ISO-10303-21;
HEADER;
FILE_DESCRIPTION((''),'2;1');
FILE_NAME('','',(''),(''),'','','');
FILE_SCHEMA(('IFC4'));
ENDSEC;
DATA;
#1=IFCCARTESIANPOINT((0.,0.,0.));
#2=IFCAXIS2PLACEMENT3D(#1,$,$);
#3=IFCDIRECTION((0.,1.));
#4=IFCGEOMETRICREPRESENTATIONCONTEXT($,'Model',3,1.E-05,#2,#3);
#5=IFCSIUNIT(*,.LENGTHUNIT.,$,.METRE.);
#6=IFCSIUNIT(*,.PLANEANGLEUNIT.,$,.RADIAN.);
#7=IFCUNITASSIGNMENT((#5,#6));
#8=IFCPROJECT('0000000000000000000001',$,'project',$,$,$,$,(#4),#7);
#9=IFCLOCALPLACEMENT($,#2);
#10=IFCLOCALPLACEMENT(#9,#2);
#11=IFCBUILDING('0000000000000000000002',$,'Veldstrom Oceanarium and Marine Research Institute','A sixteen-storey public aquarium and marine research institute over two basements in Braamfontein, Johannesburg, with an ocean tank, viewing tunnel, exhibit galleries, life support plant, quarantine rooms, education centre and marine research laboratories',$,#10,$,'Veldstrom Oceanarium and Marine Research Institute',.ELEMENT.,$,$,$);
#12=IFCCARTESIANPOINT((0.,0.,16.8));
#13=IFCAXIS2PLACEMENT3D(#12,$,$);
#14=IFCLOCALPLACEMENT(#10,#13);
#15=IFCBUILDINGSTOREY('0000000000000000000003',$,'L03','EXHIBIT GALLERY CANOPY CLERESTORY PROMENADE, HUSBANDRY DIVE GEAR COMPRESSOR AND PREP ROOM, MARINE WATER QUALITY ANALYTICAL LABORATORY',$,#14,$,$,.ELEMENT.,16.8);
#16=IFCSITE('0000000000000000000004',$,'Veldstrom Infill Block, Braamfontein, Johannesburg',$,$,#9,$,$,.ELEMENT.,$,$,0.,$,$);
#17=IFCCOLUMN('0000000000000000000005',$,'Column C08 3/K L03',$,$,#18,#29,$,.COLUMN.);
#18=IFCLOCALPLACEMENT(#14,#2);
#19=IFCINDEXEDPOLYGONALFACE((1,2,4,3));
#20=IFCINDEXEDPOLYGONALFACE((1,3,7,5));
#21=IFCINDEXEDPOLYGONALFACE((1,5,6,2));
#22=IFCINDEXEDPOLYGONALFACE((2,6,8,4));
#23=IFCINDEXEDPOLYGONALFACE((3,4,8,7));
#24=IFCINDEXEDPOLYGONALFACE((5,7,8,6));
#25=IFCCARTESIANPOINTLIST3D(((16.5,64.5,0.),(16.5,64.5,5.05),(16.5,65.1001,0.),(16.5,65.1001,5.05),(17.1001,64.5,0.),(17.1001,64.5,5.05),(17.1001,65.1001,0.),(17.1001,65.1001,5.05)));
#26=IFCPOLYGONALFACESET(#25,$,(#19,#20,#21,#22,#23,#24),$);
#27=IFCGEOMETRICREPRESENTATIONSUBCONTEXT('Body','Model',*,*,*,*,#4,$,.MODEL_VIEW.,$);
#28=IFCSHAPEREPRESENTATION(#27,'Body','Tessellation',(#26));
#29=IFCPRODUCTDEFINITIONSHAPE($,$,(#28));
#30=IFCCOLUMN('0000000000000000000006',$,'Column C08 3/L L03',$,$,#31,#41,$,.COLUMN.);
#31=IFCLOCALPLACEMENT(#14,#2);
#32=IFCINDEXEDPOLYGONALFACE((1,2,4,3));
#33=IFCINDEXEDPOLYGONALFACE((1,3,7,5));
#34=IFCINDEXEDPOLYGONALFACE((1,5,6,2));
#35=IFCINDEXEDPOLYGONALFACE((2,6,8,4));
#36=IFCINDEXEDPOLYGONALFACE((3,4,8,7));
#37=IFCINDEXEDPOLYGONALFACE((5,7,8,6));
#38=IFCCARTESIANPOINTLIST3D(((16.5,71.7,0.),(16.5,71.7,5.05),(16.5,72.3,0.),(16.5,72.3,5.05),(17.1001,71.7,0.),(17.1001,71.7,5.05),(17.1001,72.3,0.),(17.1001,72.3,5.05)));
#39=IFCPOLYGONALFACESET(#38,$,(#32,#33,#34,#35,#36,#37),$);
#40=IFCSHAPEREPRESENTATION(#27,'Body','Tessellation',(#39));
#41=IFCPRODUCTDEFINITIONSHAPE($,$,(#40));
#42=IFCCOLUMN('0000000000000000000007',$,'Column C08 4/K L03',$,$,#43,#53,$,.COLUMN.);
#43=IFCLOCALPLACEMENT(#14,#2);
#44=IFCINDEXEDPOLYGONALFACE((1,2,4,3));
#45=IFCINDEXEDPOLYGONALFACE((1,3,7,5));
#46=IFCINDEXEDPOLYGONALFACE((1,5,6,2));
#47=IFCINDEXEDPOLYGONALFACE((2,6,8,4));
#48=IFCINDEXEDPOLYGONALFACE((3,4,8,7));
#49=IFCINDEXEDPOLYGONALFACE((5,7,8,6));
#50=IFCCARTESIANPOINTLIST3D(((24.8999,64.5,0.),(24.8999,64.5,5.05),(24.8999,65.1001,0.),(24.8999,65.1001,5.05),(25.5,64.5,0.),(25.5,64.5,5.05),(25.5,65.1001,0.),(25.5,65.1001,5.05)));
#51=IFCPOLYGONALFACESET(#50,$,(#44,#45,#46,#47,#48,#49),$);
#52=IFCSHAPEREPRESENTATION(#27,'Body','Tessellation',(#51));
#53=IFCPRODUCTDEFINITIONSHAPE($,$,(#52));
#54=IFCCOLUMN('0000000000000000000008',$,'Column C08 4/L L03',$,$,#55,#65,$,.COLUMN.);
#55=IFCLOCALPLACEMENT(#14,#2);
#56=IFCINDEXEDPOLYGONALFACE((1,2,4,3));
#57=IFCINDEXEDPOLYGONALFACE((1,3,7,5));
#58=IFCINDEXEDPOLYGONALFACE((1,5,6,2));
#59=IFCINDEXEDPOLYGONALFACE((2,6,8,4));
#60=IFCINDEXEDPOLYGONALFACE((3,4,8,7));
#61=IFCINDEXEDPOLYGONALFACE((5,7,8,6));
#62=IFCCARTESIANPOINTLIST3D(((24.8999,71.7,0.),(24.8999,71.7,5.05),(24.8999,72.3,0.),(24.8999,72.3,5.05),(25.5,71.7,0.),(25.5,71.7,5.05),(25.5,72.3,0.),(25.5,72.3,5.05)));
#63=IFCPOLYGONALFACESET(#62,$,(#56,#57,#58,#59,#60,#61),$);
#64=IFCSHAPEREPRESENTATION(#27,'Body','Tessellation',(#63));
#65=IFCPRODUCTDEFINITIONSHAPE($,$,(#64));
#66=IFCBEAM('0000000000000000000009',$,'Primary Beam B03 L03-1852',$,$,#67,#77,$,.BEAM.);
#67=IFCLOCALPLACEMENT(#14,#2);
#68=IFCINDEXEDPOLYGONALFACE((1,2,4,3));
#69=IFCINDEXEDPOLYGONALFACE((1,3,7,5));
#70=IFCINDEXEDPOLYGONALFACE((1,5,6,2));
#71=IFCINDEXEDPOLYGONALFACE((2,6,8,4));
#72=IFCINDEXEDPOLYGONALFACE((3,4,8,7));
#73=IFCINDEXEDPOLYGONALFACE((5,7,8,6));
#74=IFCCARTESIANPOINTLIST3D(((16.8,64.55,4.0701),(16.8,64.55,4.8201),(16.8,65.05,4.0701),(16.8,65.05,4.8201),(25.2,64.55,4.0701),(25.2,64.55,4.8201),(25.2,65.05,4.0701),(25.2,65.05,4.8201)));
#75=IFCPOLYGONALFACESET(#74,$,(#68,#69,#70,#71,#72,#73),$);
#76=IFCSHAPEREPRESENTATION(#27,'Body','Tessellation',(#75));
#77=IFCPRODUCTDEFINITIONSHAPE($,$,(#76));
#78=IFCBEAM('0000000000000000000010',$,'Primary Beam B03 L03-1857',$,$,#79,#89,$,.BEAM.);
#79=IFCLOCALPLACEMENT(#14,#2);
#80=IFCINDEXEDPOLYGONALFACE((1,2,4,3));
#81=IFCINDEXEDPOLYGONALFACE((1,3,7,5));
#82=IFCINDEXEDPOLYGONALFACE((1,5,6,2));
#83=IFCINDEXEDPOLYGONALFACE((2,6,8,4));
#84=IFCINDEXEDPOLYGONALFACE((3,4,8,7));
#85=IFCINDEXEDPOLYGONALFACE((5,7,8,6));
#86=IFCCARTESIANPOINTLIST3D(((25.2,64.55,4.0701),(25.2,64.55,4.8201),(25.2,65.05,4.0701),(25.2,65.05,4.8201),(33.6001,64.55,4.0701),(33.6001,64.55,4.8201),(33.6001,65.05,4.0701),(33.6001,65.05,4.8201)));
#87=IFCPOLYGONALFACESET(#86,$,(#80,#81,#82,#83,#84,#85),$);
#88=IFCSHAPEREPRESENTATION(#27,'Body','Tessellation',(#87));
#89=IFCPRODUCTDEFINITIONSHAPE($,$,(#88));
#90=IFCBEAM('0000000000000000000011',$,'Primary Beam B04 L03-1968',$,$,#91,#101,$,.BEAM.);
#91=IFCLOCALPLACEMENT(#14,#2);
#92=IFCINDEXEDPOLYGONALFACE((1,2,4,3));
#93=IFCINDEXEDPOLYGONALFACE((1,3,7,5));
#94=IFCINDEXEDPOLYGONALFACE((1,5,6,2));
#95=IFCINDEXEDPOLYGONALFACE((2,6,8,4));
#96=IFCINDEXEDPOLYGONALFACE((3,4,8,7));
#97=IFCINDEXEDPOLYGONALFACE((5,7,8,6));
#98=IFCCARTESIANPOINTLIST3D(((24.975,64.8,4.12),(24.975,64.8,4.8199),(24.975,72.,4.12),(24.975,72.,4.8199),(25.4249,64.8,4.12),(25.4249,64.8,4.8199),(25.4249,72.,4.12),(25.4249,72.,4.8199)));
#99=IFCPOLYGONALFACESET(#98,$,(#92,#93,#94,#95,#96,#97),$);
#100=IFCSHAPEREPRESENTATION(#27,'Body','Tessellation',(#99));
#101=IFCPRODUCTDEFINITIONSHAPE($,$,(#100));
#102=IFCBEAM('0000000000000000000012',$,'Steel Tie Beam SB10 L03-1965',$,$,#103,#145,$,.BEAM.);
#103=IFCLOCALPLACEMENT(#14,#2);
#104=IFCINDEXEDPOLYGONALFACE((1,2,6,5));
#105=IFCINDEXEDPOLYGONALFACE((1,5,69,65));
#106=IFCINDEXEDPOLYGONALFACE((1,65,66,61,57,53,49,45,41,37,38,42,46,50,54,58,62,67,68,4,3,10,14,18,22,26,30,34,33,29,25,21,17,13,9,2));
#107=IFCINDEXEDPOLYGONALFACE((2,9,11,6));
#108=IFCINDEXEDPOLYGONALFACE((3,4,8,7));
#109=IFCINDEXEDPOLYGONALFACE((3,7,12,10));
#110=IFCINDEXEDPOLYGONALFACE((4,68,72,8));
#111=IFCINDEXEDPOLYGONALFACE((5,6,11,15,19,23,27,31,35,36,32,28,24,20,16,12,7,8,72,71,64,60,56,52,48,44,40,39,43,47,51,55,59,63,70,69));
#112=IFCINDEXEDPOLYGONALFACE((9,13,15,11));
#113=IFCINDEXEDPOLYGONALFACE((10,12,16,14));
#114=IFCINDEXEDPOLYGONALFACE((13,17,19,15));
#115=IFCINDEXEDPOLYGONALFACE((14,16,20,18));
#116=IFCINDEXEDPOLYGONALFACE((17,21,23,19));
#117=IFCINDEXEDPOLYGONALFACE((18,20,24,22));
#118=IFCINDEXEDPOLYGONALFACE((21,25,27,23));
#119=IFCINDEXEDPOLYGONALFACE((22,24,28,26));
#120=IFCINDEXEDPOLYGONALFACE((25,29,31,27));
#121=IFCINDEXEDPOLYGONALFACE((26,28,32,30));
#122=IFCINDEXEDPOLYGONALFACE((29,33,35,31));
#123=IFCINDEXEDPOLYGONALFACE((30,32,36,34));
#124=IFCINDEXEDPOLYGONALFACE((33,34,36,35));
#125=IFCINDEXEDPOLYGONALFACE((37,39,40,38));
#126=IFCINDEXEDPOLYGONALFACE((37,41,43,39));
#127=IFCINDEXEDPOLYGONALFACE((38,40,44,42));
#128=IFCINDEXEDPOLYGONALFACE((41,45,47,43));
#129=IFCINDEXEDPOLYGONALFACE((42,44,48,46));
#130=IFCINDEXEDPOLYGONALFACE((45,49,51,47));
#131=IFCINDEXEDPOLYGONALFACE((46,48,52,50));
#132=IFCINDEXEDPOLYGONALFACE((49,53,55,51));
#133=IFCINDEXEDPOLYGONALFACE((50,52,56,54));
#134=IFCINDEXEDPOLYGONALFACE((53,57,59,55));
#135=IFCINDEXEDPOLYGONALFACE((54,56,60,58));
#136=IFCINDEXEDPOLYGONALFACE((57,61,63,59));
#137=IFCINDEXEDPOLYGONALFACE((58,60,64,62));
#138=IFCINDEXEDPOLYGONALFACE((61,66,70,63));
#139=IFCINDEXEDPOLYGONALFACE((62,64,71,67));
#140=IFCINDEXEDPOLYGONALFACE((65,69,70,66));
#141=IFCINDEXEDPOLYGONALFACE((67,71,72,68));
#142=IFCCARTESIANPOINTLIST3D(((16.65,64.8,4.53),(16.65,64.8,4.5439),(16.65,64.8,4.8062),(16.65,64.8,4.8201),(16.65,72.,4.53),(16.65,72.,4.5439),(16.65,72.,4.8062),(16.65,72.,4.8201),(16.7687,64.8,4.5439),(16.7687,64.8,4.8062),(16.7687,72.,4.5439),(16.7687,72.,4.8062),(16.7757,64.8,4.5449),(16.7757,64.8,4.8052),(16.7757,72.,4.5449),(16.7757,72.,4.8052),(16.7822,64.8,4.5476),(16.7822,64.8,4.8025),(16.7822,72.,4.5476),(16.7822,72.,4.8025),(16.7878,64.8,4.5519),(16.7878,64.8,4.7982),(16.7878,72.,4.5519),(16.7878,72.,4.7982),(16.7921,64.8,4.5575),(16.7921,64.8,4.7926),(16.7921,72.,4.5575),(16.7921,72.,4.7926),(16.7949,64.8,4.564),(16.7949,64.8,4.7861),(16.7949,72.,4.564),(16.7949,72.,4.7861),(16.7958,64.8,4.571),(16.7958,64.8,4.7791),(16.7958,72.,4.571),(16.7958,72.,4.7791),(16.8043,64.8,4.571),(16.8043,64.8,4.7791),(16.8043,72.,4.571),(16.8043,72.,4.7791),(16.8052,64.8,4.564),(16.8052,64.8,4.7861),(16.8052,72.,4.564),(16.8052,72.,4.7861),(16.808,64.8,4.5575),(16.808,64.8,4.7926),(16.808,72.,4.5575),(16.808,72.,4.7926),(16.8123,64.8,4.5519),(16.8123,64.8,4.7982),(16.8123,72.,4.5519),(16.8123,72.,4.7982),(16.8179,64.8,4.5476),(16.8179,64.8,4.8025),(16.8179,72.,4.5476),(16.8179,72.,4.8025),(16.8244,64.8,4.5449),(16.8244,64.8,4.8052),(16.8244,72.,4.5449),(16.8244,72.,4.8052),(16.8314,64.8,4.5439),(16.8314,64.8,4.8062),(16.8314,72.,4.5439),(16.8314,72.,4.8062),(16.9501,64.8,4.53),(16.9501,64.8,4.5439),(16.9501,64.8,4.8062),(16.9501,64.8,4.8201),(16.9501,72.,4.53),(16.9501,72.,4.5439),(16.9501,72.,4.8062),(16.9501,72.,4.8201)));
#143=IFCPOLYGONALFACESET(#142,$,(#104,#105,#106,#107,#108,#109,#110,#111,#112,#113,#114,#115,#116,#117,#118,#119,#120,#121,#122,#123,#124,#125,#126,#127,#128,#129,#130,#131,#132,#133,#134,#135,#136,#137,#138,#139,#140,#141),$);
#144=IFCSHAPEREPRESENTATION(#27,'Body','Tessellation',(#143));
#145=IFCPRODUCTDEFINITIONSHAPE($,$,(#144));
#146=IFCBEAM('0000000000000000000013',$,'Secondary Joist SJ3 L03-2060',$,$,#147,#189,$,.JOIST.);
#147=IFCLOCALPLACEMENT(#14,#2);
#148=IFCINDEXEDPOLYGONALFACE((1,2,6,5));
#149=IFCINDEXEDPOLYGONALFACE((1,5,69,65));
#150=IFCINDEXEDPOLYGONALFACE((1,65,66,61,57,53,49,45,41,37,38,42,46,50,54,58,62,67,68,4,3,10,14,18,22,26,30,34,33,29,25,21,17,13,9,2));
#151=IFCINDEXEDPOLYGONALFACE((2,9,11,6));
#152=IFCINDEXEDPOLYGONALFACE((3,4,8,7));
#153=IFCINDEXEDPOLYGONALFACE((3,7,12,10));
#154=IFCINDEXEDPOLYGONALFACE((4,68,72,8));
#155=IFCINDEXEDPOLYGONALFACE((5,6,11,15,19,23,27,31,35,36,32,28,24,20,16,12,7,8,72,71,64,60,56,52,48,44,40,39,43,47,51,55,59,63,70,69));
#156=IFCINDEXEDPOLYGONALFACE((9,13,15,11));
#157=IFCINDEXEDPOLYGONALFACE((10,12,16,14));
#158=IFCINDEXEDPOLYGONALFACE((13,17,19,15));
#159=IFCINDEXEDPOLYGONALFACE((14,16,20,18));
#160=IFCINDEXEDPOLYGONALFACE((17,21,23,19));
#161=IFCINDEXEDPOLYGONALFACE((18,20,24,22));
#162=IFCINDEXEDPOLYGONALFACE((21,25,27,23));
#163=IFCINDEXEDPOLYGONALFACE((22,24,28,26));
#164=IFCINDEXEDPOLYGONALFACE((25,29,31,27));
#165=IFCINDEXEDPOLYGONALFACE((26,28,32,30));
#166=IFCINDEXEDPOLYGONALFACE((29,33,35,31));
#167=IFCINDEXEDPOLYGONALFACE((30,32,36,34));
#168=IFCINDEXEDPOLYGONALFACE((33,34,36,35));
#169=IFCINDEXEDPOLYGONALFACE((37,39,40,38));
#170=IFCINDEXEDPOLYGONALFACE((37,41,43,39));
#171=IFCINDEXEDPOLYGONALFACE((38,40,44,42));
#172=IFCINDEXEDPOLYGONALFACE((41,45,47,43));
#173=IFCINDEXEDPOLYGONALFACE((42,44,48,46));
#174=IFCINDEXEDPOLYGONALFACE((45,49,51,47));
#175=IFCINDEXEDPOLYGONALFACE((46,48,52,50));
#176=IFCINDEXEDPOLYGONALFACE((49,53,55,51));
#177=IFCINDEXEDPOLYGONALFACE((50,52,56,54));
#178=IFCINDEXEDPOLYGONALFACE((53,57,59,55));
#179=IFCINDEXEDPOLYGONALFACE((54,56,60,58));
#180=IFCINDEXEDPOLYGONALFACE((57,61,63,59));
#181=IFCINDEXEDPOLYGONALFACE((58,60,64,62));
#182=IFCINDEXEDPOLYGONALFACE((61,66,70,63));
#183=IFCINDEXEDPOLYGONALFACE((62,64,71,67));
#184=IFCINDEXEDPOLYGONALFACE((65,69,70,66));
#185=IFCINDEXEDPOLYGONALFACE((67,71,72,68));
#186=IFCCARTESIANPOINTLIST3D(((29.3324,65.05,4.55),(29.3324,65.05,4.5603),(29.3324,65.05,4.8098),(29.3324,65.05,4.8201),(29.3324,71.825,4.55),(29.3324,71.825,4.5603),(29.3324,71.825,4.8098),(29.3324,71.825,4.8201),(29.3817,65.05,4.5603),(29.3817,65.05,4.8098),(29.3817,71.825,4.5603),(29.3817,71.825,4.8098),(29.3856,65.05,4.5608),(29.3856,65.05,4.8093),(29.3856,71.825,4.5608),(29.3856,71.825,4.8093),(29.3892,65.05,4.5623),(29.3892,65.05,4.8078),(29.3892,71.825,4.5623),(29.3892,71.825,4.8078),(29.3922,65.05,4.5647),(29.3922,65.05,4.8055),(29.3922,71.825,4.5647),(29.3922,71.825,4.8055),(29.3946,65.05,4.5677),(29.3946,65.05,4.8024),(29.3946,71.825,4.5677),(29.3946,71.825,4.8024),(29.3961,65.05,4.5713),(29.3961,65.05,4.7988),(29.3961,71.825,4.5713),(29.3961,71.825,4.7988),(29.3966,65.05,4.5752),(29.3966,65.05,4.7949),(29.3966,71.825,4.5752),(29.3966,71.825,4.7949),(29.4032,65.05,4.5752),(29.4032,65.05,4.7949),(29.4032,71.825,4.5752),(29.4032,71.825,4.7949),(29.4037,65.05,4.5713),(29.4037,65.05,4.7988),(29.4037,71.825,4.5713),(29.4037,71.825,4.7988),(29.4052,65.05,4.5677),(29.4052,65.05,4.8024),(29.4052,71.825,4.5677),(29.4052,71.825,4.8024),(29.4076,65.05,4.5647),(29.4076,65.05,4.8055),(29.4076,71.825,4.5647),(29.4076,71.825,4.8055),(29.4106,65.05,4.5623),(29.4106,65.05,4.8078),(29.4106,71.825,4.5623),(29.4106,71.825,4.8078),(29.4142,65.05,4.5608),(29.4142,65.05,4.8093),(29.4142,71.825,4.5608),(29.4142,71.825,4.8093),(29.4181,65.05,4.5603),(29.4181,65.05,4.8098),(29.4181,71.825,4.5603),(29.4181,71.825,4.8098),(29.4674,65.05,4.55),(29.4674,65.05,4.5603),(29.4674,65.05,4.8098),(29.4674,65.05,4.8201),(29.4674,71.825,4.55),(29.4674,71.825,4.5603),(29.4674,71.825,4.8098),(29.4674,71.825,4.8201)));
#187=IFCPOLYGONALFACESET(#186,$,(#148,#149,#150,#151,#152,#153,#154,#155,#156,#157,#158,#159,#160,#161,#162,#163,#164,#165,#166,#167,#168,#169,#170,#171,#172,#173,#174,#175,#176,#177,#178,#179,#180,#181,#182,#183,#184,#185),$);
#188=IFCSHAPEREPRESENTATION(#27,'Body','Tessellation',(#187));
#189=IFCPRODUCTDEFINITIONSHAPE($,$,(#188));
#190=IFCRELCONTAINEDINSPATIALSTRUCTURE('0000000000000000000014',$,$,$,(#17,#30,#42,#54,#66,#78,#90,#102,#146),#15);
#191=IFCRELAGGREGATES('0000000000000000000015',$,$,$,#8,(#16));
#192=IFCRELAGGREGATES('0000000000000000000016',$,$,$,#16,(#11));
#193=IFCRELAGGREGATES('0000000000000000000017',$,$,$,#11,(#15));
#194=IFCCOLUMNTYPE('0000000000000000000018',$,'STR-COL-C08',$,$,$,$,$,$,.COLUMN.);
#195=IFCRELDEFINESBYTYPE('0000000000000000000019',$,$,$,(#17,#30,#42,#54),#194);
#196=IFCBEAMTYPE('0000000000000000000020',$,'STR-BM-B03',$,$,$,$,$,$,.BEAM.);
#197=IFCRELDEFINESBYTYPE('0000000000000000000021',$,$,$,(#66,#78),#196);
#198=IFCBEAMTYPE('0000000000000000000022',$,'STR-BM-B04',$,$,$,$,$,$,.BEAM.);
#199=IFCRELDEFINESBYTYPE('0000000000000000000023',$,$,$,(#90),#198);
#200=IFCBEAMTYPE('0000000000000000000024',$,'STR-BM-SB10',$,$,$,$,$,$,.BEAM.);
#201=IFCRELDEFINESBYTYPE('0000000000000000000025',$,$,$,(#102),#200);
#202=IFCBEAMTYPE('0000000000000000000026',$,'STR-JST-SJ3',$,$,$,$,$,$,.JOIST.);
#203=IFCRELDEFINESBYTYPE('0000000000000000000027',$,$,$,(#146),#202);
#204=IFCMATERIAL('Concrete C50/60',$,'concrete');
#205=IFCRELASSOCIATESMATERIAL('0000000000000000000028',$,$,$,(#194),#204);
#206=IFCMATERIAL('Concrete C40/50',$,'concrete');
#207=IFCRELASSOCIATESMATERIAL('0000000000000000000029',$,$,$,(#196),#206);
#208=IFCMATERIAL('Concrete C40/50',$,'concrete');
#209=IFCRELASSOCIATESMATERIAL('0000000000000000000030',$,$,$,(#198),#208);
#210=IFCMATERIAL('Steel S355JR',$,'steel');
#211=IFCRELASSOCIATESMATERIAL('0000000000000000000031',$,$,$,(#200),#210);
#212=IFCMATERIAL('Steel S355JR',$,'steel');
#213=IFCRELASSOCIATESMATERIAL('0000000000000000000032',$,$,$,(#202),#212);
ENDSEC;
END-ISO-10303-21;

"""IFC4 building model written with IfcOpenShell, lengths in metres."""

from ifc_helpers import new_model, si_unit, direction, frame, origin, origin_2d, place, context, subcontext, project, spatial, rectangle, i_section, extrude, material, material_profile, profile_set, type_object, element, save


model = new_model("IFC4")

# Units and contexts
model_context = context("Model", 3, precision=1e-05, world=origin(), true_north=direction((0.0, 1.0)))
body_context = subcontext(model_context, "Body", "Model", "MODEL_VIEW")
ifc_project = project(units=[si_unit("LENGTHUNIT", "METRE"), si_unit("PLANEANGLEUNIT", "RADIAN")], contexts=[model_context])

# Site, building, storey
site_placement = place(None, origin())
site = spatial("IfcSite", under=ifc_project, at=site_placement, Name="Veldstrom Infill Block, Braamfontein, Johannesburg", CompositionType="ELEMENT", RefElevation=0.0)
building_placement = place(site_placement, origin())
building = spatial("IfcBuilding", under=site, at=building_placement, Name="Veldstrom Oceanarium and Marine Research Institute", Description="A sixteen-storey public aquarium and marine research institute over two basements in Braamfontein, Johannesburg, with an ocean tank, viewing tunnel, exhibit galleries, life support plant, quarantine rooms, education centre and marine research laboratories", LongName="Veldstrom Oceanarium and Marine Research Institute", CompositionType="ELEMENT")
storey_placement = place(building_placement, frame((0.0, 0.0, 16.8)))
storey = spatial("IfcBuildingStorey", under=building, at=storey_placement, Name="L03", Description="EXHIBIT GALLERY CANOPY CLERESTORY PROMENADE, HUSBANDRY DIVE GEAR COMPRESSOR AND PREP ROOM, MARINE WATER QUALITY ANALYTICAL LABORATORY", CompositionType="ELEMENT", Elevation=16.8)

# Columns
ifc_material_1 = material(Name="Concrete C50/60", Category="concrete")
ifc_material_profile_1 = material_profile(ifc_material_1, rectangle(XDim=0.6001, YDim=0.6001, at=origin_2d()), Name="RC-COL-600x600")
ifc_profile_set_1 = profile_set([ifc_material_profile_1], Name="Concrete C50/60")
column_type = type_object("IfcColumnType", Name="STR-COL-C08", PredefinedType="COLUMN", material=ifc_profile_set_1)
for number, where, z_axis, x_axis, name in (
    (1, (16.8, 64.8, 0.0), (0.0, 0.0, 1.0), (1.0, 0.0, 0.0), "Column C08 3/K L03"),
    (2, (16.8, 72.0, 0.0), (0.0, 0.0, 1.0), (1.0, 0.0, 0.0), "Column C08 3/L L03"),
    (3, (25.2, 64.8, 0.0), (0.0, 0.0, 1.0), (1.0, 0.0, 0.0), "Column C08 4/K L03"),
    (4, (25.2, 72.0, 0.0), (0.0, 0.0, 1.0), (1.0, 0.0, 0.0), "Column C08 4/L L03"),
):
    element("IfcColumn", number, at=place(storey_placement, frame(where, z_axis=z_axis, x_axis=x_axis)), inside=storey, type_object=column_type, Name=name, PredefinedType="COLUMN", context=body_context, shape_type="SweptSolid", body=[
        extrude(rectangle(XDim=0.6001, YDim=0.6001, at=origin_2d()), origin(), (0.0, 0.0, 1.0), 5.05),
    ])

# Beams
ifc_material_2 = material(Name="Concrete C40/50", Category="concrete")
ifc_material_profile_2 = material_profile(ifc_material_2, rectangle(XDim=0.5, YDim=0.75, at=origin_2d()), Name="RC-BM-500x750")
ifc_profile_set_2 = profile_set([ifc_material_profile_2], Name="Concrete C40/50")
beam_type_1 = type_object("IfcBeamType", Name="STR-BM-B03", PredefinedType="BEAM", material=ifc_profile_set_2)
beam_1_placement = place(storey_placement, frame((16.8, 64.8, 4.4451), z_axis=(1.0, 0.0, 0.0), x_axis=(0.0, 1.0, 0.0)))
element("IfcBeam", 5, at=beam_1_placement, inside=storey, type_object=beam_type_1, Name="Primary Beam B03 L03-1852", PredefinedType="BEAM", context=body_context, shape_type="SweptSolid", body=[
    extrude(rectangle(XDim=0.5, YDim=0.75, at=origin_2d()), origin(), (0.0, 0.0, 1.0), 8.3999),
])
beam_2_placement = place(storey_placement, frame((25.2, 64.8, 4.4451), z_axis=(1.0, 0.0, 0.0), x_axis=(0.0, 1.0, 0.0)))
element("IfcBeam", 6, at=beam_2_placement, inside=storey, type_object=beam_type_1, Name="Primary Beam B03 L03-1857", PredefinedType="BEAM", context=body_context, shape_type="SweptSolid", body=[
    extrude(rectangle(XDim=0.5, YDim=0.75, at=origin_2d()), origin(), (0.0, 0.0, 1.0), 8.4001),
])
ifc_material_3 = material(Name="Concrete C40/50", Category="concrete")
ifc_material_profile_3 = material_profile(ifc_material_3, rectangle(XDim=0.45, YDim=0.7, at=origin_2d()), Name="RC-BM-450x700")
ifc_profile_set_3 = profile_set([ifc_material_profile_3], Name="Concrete C40/50")
beam_type_2 = type_object("IfcBeamType", Name="STR-BM-B04", PredefinedType="BEAM", material=ifc_profile_set_3)
beam_3_placement = place(storey_placement, frame((25.2, 64.8, 4.47), z_axis=(0.0, 1.0, 0.0), x_axis=(-1.0, 0.0, 0.0)))
element("IfcBeam", 7, at=beam_3_placement, inside=storey, type_object=beam_type_2, Name="Primary Beam B04 L03-1968", PredefinedType="BEAM", context=body_context, shape_type="SweptSolid", body=[
    extrude(rectangle(XDim=0.45, YDim=0.7, at=origin_2d()), origin(), (0.0, 0.0, 1.0), 7.2),
])
ifc_material_4 = material(Name="Steel S355JR", Category="steel")
ifc_material_profile_4 = material_profile(ifc_material_4, i_section(OverallWidth=0.3, OverallDepth=0.29, WebThickness=0.0085, FlangeThickness=0.0139, FilletRadius=0.0271, at=origin_2d()), Name="HEA 300")
ifc_profile_set_4 = profile_set([ifc_material_profile_4], Name="Steel S355JR")
beam_type_3 = type_object("IfcBeamType", Name="STR-BM-SB10", PredefinedType="BEAM", material=ifc_profile_set_4)
beam_4_placement = place(storey_placement, frame((16.8, 64.8, 4.675), z_axis=(0.0, 1.0, 0.0), x_axis=(-1.0, 0.0, 0.0)))
element("IfcBeam", 8, at=beam_4_placement, inside=storey, type_object=beam_type_3, Name="Steel Tie Beam SB10 L03-1965", PredefinedType="BEAM", context=body_context, shape_type="SweptSolid", body=[
    extrude(i_section(OverallWidth=0.3, OverallDepth=0.29, WebThickness=0.0085, FlangeThickness=0.0139, FilletRadius=0.0271, at=origin_2d()), origin(), (0.0, 0.0, 1.0), 7.2),
])
ifc_material_5 = material(Name="Steel S355JR", Category="steel")
ifc_material_profile_5 = material_profile(ifc_material_5, i_section(OverallWidth=0.135, OverallDepth=0.27, WebThickness=0.0066, FlangeThickness=0.0103, FilletRadius=0.0149, at=origin_2d()), Name="IPE 270")
ifc_profile_set_5 = profile_set([ifc_material_profile_5], Name="Steel S355JR")
beam_type_4 = type_object("IfcBeamType", Name="STR-JST-SJ3", PredefinedType="JOIST", material=ifc_profile_set_5)
beam_5_placement = place(storey_placement, frame((29.3999, 65.05, 4.6851), z_axis=(0.0, 1.0, 0.0), x_axis=(-1.0, 0.0, 0.0)))
element("IfcBeam", 9, at=beam_5_placement, inside=storey, type_object=beam_type_4, Name="Secondary Joist SJ3 L03-2060", PredefinedType="JOIST", context=body_context, shape_type="SweptSolid", body=[
    extrude(i_section(OverallWidth=0.135, OverallDepth=0.27, WebThickness=0.0066, FlangeThickness=0.0103, FilletRadius=0.0149, at=origin_2d()), origin(), (0.0, 0.0, 1.0), 6.7749),
])

save(model, "model.ifc")
